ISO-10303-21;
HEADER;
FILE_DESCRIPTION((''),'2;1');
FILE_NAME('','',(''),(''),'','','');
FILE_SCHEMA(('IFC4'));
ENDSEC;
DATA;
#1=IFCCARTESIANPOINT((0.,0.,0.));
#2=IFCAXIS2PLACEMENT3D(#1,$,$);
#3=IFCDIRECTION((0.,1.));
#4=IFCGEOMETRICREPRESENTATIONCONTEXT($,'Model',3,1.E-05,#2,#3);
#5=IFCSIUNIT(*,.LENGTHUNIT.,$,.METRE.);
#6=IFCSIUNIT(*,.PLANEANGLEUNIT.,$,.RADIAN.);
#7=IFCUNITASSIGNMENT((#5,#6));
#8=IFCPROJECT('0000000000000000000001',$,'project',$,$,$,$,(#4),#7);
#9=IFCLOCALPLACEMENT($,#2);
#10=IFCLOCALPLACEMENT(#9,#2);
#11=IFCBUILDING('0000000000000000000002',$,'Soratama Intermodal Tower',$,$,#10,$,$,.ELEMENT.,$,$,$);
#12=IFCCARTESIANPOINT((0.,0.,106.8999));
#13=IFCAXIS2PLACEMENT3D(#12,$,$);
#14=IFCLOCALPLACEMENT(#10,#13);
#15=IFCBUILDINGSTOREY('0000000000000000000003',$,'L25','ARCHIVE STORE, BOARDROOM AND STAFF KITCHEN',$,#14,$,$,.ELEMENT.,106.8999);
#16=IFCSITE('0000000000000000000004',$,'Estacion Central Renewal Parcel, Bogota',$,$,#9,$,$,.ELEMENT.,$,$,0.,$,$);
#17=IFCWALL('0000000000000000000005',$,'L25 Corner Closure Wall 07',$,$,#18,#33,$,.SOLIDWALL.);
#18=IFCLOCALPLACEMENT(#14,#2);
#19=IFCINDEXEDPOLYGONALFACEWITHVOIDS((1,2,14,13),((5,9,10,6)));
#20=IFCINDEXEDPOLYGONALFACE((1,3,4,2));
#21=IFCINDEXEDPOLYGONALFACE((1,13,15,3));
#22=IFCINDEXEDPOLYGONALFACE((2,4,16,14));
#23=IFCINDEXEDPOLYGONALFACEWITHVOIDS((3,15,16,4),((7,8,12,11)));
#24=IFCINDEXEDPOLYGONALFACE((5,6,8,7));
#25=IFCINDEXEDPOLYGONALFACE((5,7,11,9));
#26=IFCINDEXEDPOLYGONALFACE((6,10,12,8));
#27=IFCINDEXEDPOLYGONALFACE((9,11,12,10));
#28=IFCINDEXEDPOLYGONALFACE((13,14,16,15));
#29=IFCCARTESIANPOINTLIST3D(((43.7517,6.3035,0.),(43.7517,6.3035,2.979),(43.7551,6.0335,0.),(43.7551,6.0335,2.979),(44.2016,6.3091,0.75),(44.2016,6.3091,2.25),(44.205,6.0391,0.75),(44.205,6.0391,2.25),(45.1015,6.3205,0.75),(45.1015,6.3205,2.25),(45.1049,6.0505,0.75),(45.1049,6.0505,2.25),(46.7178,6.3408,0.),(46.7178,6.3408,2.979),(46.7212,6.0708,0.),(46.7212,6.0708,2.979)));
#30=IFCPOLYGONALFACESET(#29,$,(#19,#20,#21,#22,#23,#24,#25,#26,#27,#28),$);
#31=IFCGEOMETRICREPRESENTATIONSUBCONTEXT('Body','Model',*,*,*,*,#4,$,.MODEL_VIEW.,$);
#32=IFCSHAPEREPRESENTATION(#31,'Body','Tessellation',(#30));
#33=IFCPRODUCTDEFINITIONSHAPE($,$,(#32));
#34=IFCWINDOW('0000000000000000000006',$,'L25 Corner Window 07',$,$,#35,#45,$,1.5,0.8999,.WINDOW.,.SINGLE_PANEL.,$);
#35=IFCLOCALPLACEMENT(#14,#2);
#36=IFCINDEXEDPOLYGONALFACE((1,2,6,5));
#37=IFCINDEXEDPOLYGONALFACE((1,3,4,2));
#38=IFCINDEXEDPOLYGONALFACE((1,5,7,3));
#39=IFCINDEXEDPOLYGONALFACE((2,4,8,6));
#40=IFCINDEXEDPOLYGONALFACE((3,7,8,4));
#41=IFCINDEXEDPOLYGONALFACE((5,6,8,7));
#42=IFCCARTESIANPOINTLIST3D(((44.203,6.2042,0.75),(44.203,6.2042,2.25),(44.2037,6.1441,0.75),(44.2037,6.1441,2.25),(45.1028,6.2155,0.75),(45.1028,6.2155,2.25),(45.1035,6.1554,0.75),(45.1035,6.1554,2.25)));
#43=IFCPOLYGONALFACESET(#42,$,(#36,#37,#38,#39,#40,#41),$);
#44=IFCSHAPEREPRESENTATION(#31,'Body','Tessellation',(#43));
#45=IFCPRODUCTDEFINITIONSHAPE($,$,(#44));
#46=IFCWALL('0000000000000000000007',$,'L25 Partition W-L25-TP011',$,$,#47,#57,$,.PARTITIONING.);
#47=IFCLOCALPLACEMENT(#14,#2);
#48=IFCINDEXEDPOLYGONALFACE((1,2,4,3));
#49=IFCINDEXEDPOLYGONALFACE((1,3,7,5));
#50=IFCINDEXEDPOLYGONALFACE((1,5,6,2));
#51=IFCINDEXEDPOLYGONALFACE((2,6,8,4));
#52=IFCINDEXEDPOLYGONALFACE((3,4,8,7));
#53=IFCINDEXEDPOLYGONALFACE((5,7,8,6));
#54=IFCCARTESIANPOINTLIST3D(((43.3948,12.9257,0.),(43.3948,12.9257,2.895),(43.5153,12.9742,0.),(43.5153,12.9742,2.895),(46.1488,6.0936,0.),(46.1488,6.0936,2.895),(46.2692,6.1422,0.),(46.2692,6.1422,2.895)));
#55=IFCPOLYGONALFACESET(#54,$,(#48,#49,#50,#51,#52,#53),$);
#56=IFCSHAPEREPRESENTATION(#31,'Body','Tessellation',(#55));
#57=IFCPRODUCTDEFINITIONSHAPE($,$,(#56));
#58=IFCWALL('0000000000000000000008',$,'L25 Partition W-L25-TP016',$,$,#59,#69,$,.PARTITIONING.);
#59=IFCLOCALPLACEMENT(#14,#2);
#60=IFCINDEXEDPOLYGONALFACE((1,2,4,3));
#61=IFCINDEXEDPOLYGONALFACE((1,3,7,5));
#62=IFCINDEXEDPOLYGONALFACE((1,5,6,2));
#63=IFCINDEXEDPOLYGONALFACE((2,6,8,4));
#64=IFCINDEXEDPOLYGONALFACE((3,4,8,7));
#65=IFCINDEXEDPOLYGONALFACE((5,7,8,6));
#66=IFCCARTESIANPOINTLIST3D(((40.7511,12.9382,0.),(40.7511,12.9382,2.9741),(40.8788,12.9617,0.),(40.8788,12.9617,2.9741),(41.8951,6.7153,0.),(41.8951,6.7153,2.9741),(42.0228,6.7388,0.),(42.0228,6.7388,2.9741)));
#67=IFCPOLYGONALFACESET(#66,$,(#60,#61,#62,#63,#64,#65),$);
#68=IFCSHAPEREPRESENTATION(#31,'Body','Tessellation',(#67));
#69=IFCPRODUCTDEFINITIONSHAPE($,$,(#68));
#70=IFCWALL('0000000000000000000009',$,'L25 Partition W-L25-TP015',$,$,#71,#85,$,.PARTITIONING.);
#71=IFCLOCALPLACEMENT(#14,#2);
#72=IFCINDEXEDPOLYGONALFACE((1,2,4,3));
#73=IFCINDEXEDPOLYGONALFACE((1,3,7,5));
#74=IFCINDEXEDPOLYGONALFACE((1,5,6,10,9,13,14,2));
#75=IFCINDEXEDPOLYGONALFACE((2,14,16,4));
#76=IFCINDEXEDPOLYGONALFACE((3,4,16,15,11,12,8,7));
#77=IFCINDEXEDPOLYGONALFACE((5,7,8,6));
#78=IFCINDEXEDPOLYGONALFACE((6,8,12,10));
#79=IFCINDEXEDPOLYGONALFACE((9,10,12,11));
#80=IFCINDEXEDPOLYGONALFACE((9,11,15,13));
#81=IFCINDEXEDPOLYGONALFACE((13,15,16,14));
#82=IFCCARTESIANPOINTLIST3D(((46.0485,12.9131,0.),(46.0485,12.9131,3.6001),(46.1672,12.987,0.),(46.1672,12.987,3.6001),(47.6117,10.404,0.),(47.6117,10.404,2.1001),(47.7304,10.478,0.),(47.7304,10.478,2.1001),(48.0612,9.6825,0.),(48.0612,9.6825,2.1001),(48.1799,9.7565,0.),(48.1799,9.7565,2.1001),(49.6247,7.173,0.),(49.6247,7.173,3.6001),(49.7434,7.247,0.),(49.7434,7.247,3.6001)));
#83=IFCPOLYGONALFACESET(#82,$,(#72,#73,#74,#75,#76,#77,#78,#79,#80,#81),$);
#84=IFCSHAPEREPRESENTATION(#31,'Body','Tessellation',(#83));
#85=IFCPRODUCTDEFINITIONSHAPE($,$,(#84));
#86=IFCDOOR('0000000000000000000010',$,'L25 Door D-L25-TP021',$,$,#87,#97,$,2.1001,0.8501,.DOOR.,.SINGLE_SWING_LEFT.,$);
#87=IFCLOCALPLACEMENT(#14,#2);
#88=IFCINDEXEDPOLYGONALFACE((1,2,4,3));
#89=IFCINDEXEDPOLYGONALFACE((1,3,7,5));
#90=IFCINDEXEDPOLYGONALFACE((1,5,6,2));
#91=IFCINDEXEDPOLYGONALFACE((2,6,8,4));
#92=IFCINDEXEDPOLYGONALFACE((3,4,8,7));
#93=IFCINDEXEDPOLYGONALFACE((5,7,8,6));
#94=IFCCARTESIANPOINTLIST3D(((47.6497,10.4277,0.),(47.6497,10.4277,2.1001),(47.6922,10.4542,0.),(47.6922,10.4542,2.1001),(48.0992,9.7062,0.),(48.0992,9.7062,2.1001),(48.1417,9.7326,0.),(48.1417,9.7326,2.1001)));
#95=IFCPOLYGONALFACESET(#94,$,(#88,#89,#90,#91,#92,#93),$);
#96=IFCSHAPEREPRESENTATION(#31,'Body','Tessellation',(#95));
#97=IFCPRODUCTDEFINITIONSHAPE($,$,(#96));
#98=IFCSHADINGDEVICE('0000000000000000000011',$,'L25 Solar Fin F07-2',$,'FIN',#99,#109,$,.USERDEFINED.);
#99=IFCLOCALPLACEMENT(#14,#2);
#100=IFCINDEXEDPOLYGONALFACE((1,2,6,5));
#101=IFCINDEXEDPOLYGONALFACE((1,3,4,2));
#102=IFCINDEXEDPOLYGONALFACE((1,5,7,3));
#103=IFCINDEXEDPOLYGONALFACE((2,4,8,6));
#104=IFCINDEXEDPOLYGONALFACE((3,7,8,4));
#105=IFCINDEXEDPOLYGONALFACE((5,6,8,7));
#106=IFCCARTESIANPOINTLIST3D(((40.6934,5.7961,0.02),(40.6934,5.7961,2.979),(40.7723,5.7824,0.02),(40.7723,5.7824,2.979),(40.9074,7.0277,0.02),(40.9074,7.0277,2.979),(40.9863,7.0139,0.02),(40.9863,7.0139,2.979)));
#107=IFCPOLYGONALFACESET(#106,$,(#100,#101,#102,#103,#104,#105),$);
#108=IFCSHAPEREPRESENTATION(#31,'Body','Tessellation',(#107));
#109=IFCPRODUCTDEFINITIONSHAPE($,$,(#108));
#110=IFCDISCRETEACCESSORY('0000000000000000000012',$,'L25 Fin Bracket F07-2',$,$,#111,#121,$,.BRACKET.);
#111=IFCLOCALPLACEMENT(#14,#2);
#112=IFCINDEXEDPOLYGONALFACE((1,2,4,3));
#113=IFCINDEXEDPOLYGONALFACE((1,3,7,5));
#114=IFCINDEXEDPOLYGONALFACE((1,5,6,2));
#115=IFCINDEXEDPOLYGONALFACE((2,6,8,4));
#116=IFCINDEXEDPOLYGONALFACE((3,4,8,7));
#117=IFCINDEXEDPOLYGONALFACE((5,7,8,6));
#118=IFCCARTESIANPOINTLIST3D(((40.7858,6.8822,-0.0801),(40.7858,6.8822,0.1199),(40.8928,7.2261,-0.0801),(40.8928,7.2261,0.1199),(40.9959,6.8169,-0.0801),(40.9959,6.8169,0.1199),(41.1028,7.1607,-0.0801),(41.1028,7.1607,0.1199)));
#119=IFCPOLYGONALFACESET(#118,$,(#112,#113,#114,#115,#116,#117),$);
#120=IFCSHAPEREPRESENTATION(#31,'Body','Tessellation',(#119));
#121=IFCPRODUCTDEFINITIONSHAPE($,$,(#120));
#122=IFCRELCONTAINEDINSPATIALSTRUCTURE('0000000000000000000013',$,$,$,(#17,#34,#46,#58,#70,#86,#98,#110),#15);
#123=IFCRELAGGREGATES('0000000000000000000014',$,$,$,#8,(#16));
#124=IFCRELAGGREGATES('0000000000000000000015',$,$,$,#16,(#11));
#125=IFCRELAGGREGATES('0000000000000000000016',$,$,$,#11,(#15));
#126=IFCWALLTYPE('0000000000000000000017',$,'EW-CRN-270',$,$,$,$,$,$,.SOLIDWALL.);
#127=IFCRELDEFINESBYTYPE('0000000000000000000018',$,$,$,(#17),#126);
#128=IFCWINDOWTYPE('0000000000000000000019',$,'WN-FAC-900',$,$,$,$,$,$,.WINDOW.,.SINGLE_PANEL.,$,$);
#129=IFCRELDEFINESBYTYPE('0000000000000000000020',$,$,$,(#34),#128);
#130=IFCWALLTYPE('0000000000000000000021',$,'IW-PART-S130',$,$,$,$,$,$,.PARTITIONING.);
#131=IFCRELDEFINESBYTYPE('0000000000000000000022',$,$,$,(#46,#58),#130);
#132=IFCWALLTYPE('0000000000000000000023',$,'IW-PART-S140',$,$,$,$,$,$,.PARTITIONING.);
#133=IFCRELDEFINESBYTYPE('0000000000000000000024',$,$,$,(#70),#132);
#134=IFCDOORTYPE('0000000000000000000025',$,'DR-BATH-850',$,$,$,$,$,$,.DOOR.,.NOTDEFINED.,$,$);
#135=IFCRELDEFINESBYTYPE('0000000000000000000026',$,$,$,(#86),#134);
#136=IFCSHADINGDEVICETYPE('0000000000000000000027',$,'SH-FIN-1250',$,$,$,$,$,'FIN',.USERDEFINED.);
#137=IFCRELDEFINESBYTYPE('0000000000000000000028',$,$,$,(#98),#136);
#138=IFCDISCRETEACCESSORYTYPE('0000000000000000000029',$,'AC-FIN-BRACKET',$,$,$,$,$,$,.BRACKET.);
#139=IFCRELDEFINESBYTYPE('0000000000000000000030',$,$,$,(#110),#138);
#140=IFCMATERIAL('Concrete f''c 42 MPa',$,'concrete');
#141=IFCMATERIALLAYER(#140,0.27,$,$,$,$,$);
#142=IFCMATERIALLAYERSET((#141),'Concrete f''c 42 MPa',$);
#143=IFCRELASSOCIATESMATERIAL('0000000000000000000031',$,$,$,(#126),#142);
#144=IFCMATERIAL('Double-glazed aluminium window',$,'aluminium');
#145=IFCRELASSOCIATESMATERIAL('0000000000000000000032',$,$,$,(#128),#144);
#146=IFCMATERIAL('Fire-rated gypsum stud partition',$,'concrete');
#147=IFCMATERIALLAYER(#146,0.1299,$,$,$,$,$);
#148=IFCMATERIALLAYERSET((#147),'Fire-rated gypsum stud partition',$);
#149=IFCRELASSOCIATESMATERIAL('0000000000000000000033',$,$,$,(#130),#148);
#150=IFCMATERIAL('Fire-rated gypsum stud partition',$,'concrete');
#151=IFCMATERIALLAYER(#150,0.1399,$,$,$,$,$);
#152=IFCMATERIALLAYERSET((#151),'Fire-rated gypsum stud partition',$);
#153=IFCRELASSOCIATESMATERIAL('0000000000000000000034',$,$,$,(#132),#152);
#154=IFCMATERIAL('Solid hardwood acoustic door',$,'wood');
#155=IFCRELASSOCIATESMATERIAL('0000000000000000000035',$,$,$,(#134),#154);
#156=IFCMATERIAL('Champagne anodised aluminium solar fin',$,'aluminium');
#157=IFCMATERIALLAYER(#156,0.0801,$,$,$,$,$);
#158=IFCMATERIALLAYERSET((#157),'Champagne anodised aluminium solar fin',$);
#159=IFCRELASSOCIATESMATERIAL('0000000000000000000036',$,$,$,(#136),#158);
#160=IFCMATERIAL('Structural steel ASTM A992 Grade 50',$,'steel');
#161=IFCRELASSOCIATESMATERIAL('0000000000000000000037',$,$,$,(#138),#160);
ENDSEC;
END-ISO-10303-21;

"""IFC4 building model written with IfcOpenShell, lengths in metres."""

from ifc_helpers import new_model, si_unit, direction, frame, frame_2d, origin, origin_2d, place, context, subcontext, project, spatial, rectangle, extrude, material, layer, layer_set, type_object, element, fill, save


model = new_model("IFC4")

# Units and contexts
model_context = context("Model", 3, precision=1e-05, world=origin(), true_north=direction((0.0, 1.0)))
body_context = subcontext(model_context, "Body", "Model", "MODEL_VIEW")
ifc_project = project(units=[si_unit("LENGTHUNIT", "METRE"), si_unit("PLANEANGLEUNIT", "RADIAN")], contexts=[model_context])

# Site, building, storey
site_placement = place(None, origin())
site = spatial("IfcSite", under=ifc_project, at=site_placement, Name="Estacion Central Renewal Parcel, Bogota", CompositionType="ELEMENT", RefElevation=0.0)
building_placement = place(site_placement, origin())
building = spatial("IfcBuilding", under=site, at=building_placement, Name="Soratama Intermodal Tower", CompositionType="ELEMENT")
storey_placement = place(building_placement, frame((0.0, 0.0, 106.8999)))
storey = spatial("IfcBuildingStorey", under=building, at=storey_placement, Name="L25", Description="ARCHIVE STORE, BOARDROOM AND STAFF KITCHEN", CompositionType="ELEMENT", Elevation=106.8999)

# Wall, opening, window
ifc_material_1 = material(Name="Concrete f'c 42 MPa", Category="concrete")
ifc_layer_1 = layer(ifc_material_1, 0.27)
ifc_layer_set_1 = layer_set([ifc_layer_1], Name="Concrete f'c 42 MPa")
wall_type_1 = type_object("IfcWallType", Name="EW-CRN-270", PredefinedType="SOLIDWALL", material=ifc_layer_set_1)
wall_1_placement = place(storey_placement, frame((43.7534, 6.1685, 0.0), z_axis=(0.0, 0.0, 1.0), x_axis=(0.999921, 0.012593, 0.0)))
wall_1 = element("IfcWall", 1, at=wall_1_placement, inside=storey, type_object=wall_type_1, Name="L25 Corner Closure Wall 07", PredefinedType="SOLIDWALL", context=body_context, shape_type="SweptSolid", body=[
    extrude(rectangle(XDim=2.9663, YDim=0.27, at=frame_2d((1.4832, 0.0))), origin(), (0.0, 0.0, 1.0), 2.979),
])
opening_1_placement = place(wall_1_placement, frame((0.45, 0.0, 0.75)))
opening_1 = element("IfcOpeningElement", 2, at=opening_1_placement, cuts=wall_1, PredefinedType="OPENING", context=body_context, shape_type="SweptSolid", body=[
    extrude(rectangle(XDim=0.8999, YDim=1.5, at=frame_2d((0.45, 0.75))), frame((0.0, 0.145, 0.0), z_axis=(0.0, -1.0, 0.0), x_axis=(1.0, 0.0, 0.0)), (0.0, 0.0, 1.0), 0.29),
])
ifc_material_2 = material(Name="Double-glazed aluminium window", Category="aluminium")
window_type = type_object("IfcWindowType", Name="WN-FAC-900", PartitioningType="SINGLE_PANEL", PredefinedType="WINDOW", material=ifc_material_2)
window_placement = place(opening_1_placement, origin())
window = element("IfcWindow", 3, at=window_placement, inside=storey, type_object=window_type, Name="L25 Corner Window 07", OverallHeight=1.5, OverallWidth=0.8999, PartitioningType="SINGLE_PANEL", PredefinedType="WINDOW", context=body_context, shape_type="SweptSolid", body=[
    extrude(rectangle(XDim=0.8999, YDim=1.5, at=frame_2d((0.45, 0.75))), frame((0.0, 0.03, 0.0), z_axis=(0.0, -1.0, 0.0), x_axis=(1.0, 0.0, 0.0)), (0.0, 0.0, 1.0), 0.0601),
])
fill(opening_1, window)

# Walls
ifc_material_3 = material(Name="Fire-rated gypsum stud partition", Category="concrete")
ifc_layer_2 = layer(ifc_material_3, 0.1299)
ifc_layer_set_2 = layer_set([ifc_layer_2], Name="Fire-rated gypsum stud partition")
wall_type_2 = type_object("IfcWallType", Name="IW-PART-S130", PredefinedType="PARTITIONING", material=ifc_layer_set_2)
wall_2_placement = place(storey_placement, frame((43.4551, 12.95, 0.0), z_axis=(0.0, 0.0, 1.0), x_axis=(0.373858, -0.927486, 0.0)))
element("IfcWall", 4, at=wall_2_placement, inside=storey, type_object=wall_type_2, Name="L25 Partition W-L25-TP011", PredefinedType="PARTITIONING", context=body_context, shape_type="SweptSolid", body=[
    extrude(rectangle(XDim=7.3662, YDim=0.1299, at=frame_2d((3.6831, 0.0))), origin(), (0.0, 0.0, 1.0), 2.895),
])
wall_3_placement = place(storey_placement, frame((40.8149, 12.95, 0.0), z_axis=(0.0, 0.0, 1.0), x_axis=(0.180814, -0.983517, 0.0)))
element("IfcWall", 5, at=wall_3_placement, inside=storey, type_object=wall_type_2, Name="L25 Partition W-L25-TP016", PredefinedType="PARTITIONING", context=body_context, shape_type="SweptSolid", body=[
    extrude(rectangle(XDim=6.3271, YDim=0.1299, at=frame_2d((3.1636, 0.0))), origin(), (0.0, 0.0, 1.0), 2.9741),
])

# Wall, opening, door
ifc_material_4 = material(Name="Fire-rated gypsum stud partition", Category="concrete")
ifc_layer_3 = layer(ifc_material_4, 0.1399)
ifc_layer_set_3 = layer_set([ifc_layer_3], Name="Fire-rated gypsum stud partition")
wall_type_3 = type_object("IfcWallType", Name="IW-PART-S140", PredefinedType="PARTITIONING", material=ifc_layer_set_3)
wall_4_placement = place(storey_placement, frame((46.1079, 12.95, 0.0), z_axis=(0.0, 0.0, 1.0), x_axis=(0.528795, -0.84875, 0.0)))
wall_4 = element("IfcWall", 6, at=wall_4_placement, inside=storey, type_object=wall_type_3, Name="L25 Partition W-L25-TP015", PredefinedType="PARTITIONING", context=body_context, shape_type="SweptSolid", body=[
    extrude(rectangle(XDim=6.7629, YDim=0.1399, at=frame_2d((3.3813, 0.0))), origin(), (0.0, 0.0, 1.0), 3.6001),
])
opening_2_placement = place(wall_4_placement, frame((2.9561, 0.0, 0.0)))
opening_2 = element("IfcOpeningElement", 7, at=opening_2_placement, cuts=wall_4, PredefinedType="OPENING", context=body_context, shape_type="SweptSolid", body=[
    extrude(rectangle(XDim=0.8501, YDim=2.1001, at=frame_2d((0.425, 1.05))), frame((0.0, 0.0798, 0.0), z_axis=(0.0, -1.0, 0.0), x_axis=(1.0, 0.0, 0.0)), (0.0, 0.0, 1.0), 0.1599),
])
ifc_material_5 = material(Name="Solid hardwood acoustic door", Category="wood")
door_type_1 = type_object("IfcDoorType", Name="DR-BATH-850", OperationType="NOTDEFINED", PredefinedType="DOOR", material=ifc_material_5)
door_1_placement = place(opening_2_placement, origin())
door_1 = element("IfcDoor", 8, at=door_1_placement, inside=storey, type_object=door_type_1, Name="L25 Door D-L25-TP021", OperationType="SINGLE_SWING_LEFT", OverallHeight=2.1001, OverallWidth=0.8501, PredefinedType="DOOR", context=body_context, shape_type="SweptSolid", body=[
    extrude(rectangle(XDim=0.8501, YDim=2.1001, at=frame_2d((0.425, 1.05))), frame((0.0, 0.0249, 0.0), z_axis=(0.0, -1.0, 0.0), x_axis=(1.0, 0.0, 0.0)), (0.0, 0.0, 1.0), 0.05),
])
fill(opening_2, door_1)

# Shading device
ifc_material_6 = material(Name="Champagne anodised aluminium solar fin", Category="aluminium")
ifc_layer_4 = layer(ifc_material_6, 0.0801)
ifc_layer_set_4 = layer_set([ifc_layer_4], Name="Champagne anodised aluminium solar fin")
shading_device_type = type_object("IfcShadingDeviceType", Name="SH-FIN-1250", ElementType="FIN", PredefinedType="USERDEFINED", material=ifc_layer_set_4)
shading_device_placement = place(storey_placement, frame((40.8398, 6.405, 0.02), z_axis=(0.0, 0.0, 1.0), x_axis=(-0.171241, -0.985229, 0.0)))
element("IfcShadingDevice", 9, at=shading_device_placement, inside=storey, type_object=shading_device_type, Name="L25 Solar Fin F07-2", ObjectType="FIN", PredefinedType="USERDEFINED", context=body_context, shape_type="SweptSolid", body=[
    extrude(rectangle(XDim=1.25, YDim=0.0801, at=origin_2d()), origin(), (0.0, 0.0, 1.0), 2.959),
])

# Discrete accessory
ifc_material_7 = material(Name="Structural steel ASTM A992 Grade 50", Category="steel")
discrete_accessory_type = type_object("IfcDiscreteAccessoryType", Name="AC-FIN-BRACKET", PredefinedType="BRACKET", material=ifc_material_7)
discrete_accessory_placement = place(storey_placement, frame((40.9443, 7.0215, -0.0801), z_axis=(0.0, 0.0, 1.0), x_axis=(-0.297042, -0.954865, 0.0)))
element("IfcDiscreteAccessory", 10, at=discrete_accessory_placement, inside=storey, type_object=discrete_accessory_type, Name="L25 Fin Bracket F07-2", PredefinedType="BRACKET", context=body_context, shape_type="SweptSolid", body=[
    extrude(rectangle(XDim=0.3601, YDim=0.22, at=origin_2d()), origin(), (0.0, 0.0, 1.0), 0.2),
])

save(model, "model.ifc")
